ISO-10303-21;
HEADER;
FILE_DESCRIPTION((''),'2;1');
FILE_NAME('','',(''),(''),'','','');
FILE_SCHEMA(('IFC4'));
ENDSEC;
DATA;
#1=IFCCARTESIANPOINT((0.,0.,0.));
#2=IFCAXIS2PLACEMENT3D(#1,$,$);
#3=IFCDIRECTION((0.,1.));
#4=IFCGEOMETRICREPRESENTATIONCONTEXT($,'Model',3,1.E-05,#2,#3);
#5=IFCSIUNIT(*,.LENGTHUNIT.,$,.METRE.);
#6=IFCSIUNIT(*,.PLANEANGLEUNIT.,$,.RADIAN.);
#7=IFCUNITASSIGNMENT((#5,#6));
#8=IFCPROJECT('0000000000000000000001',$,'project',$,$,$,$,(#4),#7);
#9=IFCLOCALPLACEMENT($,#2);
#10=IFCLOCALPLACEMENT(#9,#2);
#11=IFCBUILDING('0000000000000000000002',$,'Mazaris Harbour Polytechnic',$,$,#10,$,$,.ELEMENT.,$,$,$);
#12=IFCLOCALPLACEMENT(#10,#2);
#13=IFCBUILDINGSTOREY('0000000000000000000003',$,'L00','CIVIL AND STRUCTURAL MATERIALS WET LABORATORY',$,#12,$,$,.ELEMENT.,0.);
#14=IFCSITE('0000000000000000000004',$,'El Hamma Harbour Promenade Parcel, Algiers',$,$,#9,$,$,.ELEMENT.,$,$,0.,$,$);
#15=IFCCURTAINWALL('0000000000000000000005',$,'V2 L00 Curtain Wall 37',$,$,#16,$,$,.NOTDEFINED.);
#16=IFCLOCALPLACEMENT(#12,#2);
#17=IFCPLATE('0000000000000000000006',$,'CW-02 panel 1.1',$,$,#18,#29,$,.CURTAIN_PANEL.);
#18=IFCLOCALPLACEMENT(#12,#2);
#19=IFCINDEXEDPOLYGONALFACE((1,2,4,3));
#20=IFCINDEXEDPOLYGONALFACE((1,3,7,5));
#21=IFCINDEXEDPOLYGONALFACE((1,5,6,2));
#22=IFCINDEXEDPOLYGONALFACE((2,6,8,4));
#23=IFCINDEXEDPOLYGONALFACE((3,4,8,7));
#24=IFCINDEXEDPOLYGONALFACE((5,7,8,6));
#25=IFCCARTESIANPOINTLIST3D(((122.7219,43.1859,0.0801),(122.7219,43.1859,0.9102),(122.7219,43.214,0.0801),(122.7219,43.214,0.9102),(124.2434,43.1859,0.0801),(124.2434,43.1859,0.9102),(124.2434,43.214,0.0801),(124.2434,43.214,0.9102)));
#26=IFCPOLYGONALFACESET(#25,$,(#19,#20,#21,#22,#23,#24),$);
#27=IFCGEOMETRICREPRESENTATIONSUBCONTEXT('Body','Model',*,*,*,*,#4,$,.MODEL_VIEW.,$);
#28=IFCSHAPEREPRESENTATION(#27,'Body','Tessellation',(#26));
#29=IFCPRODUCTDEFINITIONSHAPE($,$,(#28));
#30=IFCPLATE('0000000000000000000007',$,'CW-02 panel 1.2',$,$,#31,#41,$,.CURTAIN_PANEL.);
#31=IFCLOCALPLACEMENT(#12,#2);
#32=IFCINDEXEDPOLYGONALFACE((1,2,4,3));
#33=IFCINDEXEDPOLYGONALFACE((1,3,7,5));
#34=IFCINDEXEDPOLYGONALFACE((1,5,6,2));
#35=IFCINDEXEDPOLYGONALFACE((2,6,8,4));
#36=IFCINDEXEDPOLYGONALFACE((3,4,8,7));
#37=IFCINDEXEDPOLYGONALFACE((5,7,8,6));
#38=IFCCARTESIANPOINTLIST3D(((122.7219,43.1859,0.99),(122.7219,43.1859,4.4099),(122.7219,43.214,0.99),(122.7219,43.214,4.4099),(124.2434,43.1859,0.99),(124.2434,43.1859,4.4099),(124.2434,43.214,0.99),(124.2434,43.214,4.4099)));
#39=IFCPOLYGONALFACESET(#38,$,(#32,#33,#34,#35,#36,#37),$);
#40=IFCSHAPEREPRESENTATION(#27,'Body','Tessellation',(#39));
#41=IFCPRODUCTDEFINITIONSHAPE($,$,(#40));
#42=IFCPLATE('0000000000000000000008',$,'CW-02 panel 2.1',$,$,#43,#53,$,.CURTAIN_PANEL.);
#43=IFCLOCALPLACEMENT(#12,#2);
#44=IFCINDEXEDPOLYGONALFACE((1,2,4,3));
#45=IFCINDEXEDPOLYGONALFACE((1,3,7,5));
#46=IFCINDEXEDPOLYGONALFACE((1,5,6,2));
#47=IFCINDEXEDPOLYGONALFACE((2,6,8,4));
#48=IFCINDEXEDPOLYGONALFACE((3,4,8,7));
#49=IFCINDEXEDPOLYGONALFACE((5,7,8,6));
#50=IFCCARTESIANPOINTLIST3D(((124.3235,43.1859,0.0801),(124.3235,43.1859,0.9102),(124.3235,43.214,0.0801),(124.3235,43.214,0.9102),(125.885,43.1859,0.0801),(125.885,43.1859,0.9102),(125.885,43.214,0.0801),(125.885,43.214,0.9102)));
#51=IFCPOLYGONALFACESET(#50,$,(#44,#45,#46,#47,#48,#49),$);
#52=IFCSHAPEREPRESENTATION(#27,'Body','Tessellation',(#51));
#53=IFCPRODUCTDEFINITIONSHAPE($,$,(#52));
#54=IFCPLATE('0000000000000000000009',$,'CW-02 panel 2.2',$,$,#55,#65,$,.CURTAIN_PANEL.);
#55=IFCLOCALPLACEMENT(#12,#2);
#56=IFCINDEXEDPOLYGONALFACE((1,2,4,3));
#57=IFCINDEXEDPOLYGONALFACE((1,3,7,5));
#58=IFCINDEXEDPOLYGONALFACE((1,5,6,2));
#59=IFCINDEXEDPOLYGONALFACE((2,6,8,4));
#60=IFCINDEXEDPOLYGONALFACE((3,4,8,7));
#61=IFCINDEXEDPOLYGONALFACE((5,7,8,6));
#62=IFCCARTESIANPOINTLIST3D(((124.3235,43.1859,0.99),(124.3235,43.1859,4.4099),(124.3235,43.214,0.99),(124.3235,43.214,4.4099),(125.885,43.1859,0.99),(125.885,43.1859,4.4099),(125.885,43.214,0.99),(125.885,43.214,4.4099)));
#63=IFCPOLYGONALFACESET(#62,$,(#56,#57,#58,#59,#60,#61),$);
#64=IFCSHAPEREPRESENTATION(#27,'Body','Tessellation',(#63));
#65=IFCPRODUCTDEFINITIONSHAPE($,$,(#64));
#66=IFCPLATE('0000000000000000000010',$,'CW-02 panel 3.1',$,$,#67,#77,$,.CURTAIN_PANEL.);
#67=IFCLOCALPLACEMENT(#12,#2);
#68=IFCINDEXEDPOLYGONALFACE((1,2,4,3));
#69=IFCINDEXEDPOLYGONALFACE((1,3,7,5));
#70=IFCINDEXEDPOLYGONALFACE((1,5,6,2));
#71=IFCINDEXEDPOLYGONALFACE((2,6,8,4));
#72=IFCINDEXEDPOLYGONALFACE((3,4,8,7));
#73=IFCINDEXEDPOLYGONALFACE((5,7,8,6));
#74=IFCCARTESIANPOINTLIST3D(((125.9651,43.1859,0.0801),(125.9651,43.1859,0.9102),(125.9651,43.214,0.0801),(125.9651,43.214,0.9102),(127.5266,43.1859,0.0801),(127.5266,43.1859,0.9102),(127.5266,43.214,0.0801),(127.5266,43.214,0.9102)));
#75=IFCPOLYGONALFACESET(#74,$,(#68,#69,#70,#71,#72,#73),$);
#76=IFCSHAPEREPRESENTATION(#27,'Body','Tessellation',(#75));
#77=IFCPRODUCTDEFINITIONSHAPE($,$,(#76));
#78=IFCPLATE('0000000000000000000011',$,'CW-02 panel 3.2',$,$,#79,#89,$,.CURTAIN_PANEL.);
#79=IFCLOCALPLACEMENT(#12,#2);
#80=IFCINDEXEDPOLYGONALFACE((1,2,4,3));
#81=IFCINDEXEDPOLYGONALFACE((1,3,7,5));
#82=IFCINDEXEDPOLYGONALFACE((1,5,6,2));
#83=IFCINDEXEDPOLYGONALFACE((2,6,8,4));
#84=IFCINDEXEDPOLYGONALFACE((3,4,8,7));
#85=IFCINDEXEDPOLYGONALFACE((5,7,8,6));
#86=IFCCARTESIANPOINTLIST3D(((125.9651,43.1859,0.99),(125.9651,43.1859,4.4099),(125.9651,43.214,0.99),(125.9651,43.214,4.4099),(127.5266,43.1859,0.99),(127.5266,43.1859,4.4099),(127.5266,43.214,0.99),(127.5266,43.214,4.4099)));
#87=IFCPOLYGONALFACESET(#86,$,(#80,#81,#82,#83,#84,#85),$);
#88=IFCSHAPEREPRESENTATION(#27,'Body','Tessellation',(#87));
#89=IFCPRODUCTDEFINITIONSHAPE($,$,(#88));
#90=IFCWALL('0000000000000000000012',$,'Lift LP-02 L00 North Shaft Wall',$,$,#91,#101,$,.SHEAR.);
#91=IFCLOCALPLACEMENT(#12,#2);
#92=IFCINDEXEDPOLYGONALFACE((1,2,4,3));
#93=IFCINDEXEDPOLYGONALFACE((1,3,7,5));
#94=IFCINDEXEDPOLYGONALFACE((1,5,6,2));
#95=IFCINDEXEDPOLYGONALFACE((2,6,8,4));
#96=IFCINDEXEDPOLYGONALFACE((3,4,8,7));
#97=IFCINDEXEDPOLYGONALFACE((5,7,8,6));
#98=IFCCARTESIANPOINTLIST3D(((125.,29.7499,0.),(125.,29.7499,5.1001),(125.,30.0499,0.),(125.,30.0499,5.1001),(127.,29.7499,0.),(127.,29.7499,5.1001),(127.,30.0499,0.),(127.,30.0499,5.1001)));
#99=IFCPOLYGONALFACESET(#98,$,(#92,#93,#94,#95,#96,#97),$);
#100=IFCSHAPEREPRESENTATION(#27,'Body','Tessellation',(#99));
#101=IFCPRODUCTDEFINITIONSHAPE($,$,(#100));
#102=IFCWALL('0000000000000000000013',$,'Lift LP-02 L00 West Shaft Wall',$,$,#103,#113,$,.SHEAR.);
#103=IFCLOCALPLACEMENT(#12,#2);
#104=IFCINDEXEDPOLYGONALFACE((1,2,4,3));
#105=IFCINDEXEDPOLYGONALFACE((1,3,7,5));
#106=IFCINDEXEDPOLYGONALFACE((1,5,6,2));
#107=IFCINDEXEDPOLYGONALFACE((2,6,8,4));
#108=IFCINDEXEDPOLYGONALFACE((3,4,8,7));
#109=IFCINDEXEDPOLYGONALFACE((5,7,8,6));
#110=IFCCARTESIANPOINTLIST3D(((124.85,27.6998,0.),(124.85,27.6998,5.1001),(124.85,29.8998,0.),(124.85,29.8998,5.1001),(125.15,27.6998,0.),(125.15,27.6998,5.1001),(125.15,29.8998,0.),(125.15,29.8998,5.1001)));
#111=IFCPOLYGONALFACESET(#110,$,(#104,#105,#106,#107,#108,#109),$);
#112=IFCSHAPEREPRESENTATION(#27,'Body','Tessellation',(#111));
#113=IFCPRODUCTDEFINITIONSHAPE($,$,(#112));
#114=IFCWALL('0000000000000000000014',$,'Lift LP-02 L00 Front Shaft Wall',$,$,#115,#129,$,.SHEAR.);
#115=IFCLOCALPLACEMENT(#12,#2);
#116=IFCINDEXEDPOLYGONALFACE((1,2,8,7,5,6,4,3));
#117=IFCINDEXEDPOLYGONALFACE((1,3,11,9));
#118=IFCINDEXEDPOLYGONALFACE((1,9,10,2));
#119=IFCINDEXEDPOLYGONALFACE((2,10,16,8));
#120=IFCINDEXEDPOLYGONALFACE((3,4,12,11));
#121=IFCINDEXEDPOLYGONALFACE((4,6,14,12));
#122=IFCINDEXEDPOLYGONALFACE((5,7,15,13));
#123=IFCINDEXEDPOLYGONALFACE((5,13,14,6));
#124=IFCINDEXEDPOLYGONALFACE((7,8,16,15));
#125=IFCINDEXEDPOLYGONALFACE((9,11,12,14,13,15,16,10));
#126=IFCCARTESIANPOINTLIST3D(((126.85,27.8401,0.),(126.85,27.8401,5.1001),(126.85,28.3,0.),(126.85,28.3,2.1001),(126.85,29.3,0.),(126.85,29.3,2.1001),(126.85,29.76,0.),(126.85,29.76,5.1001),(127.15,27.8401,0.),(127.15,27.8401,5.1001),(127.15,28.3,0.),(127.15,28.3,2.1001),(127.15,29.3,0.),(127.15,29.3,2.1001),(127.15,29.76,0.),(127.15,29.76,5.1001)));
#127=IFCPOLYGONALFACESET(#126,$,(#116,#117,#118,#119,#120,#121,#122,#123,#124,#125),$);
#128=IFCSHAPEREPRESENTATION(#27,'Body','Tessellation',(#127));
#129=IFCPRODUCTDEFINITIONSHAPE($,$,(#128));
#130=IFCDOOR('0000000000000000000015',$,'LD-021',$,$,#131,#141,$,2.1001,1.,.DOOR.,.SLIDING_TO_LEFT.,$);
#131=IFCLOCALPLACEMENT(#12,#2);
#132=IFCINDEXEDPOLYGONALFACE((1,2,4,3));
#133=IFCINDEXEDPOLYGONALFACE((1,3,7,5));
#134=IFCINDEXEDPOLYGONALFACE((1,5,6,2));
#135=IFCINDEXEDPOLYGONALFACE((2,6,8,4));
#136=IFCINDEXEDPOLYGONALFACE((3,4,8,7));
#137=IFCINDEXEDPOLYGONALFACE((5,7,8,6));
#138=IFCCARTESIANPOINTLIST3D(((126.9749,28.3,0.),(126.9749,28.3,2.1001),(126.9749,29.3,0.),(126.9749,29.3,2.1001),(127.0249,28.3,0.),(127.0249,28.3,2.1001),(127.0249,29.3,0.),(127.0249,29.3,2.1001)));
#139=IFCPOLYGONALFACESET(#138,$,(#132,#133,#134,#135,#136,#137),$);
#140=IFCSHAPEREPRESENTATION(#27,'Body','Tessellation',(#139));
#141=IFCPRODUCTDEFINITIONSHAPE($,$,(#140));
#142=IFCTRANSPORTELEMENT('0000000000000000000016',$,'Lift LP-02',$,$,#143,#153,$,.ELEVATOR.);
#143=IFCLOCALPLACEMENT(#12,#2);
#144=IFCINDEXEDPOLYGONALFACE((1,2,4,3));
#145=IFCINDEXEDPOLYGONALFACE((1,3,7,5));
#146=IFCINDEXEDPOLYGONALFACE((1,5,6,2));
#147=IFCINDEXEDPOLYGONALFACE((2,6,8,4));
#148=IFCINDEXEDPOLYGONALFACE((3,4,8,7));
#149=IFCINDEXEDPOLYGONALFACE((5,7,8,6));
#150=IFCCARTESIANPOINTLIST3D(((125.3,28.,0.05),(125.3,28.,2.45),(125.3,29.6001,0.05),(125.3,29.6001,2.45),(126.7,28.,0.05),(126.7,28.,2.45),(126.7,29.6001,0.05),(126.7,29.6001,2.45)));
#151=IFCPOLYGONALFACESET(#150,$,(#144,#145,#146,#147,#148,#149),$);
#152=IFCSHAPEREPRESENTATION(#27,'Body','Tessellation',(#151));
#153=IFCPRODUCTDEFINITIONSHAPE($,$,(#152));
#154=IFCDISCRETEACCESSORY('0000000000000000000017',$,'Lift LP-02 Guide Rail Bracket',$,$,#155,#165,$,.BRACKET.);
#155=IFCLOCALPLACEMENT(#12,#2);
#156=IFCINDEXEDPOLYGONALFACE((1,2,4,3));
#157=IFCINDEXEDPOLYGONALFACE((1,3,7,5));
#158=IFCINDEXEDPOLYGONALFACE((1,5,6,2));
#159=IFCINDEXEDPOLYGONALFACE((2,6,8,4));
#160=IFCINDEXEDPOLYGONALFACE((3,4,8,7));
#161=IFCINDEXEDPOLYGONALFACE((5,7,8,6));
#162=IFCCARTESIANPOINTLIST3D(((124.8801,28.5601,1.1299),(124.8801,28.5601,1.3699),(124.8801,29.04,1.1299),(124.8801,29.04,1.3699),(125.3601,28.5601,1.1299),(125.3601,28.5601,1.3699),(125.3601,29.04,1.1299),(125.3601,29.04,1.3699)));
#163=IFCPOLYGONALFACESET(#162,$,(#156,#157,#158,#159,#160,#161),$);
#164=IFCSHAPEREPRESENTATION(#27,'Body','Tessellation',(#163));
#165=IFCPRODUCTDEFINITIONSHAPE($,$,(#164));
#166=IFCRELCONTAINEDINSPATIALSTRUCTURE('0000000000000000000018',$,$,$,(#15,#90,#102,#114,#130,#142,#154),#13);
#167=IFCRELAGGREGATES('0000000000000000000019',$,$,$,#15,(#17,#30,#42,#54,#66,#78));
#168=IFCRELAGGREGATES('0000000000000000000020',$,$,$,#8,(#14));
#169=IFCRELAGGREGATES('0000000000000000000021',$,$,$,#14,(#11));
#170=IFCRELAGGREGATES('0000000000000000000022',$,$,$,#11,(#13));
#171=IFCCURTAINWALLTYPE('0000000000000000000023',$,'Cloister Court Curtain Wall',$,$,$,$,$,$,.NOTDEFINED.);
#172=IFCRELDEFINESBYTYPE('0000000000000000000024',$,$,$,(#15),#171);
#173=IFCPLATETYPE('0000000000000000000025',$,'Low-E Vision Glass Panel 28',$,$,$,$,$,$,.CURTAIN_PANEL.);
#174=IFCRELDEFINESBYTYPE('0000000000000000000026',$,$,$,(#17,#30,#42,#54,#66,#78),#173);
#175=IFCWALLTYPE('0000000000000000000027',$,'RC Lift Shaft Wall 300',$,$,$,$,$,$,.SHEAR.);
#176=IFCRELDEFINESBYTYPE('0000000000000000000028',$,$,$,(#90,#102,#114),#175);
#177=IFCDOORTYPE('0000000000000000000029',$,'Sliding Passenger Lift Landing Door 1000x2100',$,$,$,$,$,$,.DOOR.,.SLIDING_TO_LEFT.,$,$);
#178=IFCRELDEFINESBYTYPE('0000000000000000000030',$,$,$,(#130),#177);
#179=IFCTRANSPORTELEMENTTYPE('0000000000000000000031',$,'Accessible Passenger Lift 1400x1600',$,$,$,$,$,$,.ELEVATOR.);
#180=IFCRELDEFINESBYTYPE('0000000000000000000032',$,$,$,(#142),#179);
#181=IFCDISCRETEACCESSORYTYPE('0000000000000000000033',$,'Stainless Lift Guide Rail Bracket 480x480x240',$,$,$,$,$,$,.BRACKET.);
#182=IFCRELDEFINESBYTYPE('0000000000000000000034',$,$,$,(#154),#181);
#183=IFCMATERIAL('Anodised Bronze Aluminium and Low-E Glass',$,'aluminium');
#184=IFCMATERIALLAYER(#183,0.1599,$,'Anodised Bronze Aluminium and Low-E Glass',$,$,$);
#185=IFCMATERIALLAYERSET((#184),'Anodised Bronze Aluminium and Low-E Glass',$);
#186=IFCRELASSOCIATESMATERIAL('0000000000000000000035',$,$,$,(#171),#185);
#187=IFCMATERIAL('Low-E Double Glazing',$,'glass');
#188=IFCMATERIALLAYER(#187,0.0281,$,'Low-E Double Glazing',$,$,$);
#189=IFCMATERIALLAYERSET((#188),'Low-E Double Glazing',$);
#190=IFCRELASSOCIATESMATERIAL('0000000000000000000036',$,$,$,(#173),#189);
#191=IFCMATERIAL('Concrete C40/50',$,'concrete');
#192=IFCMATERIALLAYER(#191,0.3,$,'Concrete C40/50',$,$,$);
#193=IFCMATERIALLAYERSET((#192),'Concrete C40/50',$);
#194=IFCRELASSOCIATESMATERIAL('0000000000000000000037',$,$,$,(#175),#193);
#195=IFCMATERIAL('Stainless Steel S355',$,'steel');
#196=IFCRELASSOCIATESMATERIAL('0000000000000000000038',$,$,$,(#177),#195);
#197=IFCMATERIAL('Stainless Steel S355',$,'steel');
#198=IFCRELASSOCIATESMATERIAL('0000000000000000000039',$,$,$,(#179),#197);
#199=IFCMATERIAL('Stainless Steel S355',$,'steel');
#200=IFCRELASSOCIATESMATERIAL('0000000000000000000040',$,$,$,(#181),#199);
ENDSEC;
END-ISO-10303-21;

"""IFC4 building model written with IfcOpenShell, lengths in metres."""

from ifc_helpers import new_model, si_unit, direction, frame, frame_2d, origin, origin_2d, place, context, subcontext, project, spatial, rectangle, extrude, material, layer, layer_set, type_object, element, fill, aggregate, save


model = new_model("IFC4")

# Units and contexts
model_context = context("Model", 3, precision=1e-05, world=origin(), true_north=direction((0.0, 1.0)))
body_context = subcontext(model_context, "Body", "Model", "MODEL_VIEW")
ifc_project = project(units=[si_unit("LENGTHUNIT", "METRE"), si_unit("PLANEANGLEUNIT", "RADIAN")], contexts=[model_context])

# Site, building, storey
site_placement = place(None, origin())
site = spatial("IfcSite", under=ifc_project, at=site_placement, Name="El Hamma Harbour Promenade Parcel, Algiers", CompositionType="ELEMENT", RefElevation=0.0)
building_placement = place(site_placement, origin())
building = spatial("IfcBuilding", under=site, at=building_placement, Name="Mazaris Harbour Polytechnic", CompositionType="ELEMENT")
storey_placement = place(building_placement, origin())
storey = spatial("IfcBuildingStorey", under=building, at=storey_placement, Name="L00", Description="CIVIL AND STRUCTURAL MATERIALS WET LABORATORY", CompositionType="ELEMENT", Elevation=0.0)

# Curtain wall
ifc_material_1 = material(Name="Anodised Bronze Aluminium and Low-E Glass", Category="aluminium")
ifc_layer_1 = layer(ifc_material_1, 0.1599, Name="Anodised Bronze Aluminium and Low-E Glass")
ifc_layer_set_1 = layer_set([ifc_layer_1], Name="Anodised Bronze Aluminium and Low-E Glass")
curtain_wall_type = type_object("IfcCurtainWallType", Name="Cloister Court Curtain Wall", PredefinedType="NOTDEFINED", material=ifc_layer_set_1)
curtain_wall_placement = place(storey_placement, origin())
curtain_wall = element("IfcCurtainWall", 1, at=curtain_wall_placement, inside=storey, type_object=curtain_wall_type, Name="V2 L00 Curtain Wall 37", PredefinedType="NOTDEFINED")

# Plates
ifc_material_2 = material(Name="Low-E Double Glazing", Category="glass")
ifc_layer_2 = layer(ifc_material_2, 0.0281, Name="Low-E Double Glazing")
ifc_layer_set_2 = layer_set([ifc_layer_2], Name="Low-E Double Glazing")
plate_type = type_object("IfcPlateType", Name="Low-E Vision Glass Panel 28", PredefinedType="CURTAIN_PANEL", material=ifc_layer_set_2)
plate_1_placement = place(storey_placement, frame((123.4827, 43.2, 0.0801), z_axis=(0.0, 0.0, 1.0), x_axis=(1.0, 0.0, 0.0)))
plate_1 = element("IfcPlate", 2, at=plate_1_placement, type_object=plate_type, Name="CW-02 panel 1.1", PredefinedType="CURTAIN_PANEL", context=body_context, shape_type="SweptSolid", body=[
    extrude(rectangle(XDim=1.5215, YDim=0.0281, at=origin_2d()), origin(), (0.0, 0.0, 1.0), 0.8301),
])
plate_2_placement = place(storey_placement, frame((123.4827, 43.2, 0.99), z_axis=(0.0, 0.0, 1.0), x_axis=(1.0, 0.0, 0.0)))
plate_2 = element("IfcPlate", 3, at=plate_2_placement, type_object=plate_type, Name="CW-02 panel 1.2", PredefinedType="CURTAIN_PANEL", context=body_context, shape_type="SweptSolid", body=[
    extrude(rectangle(XDim=1.5215, YDim=0.0281, at=origin_2d()), origin(), (0.0, 0.0, 1.0), 3.4199),
])
plate_3_placement = place(storey_placement, frame((125.1042, 43.2, 0.0801), z_axis=(0.0, 0.0, 1.0), x_axis=(1.0, 0.0, 0.0)))
plate_3 = element("IfcPlate", 4, at=plate_3_placement, type_object=plate_type, Name="CW-02 panel 2.1", PredefinedType="CURTAIN_PANEL", context=body_context, shape_type="SweptSolid", body=[
    extrude(rectangle(XDim=1.5615, YDim=0.0281, at=origin_2d()), origin(), (0.0, 0.0, 1.0), 0.8301),
])
plate_4_placement = place(storey_placement, frame((125.1042, 43.2, 0.99), z_axis=(0.0, 0.0, 1.0), x_axis=(1.0, 0.0, 0.0)))
plate_4 = element("IfcPlate", 5, at=plate_4_placement, type_object=plate_type, Name="CW-02 panel 2.2", PredefinedType="CURTAIN_PANEL", context=body_context, shape_type="SweptSolid", body=[
    extrude(rectangle(XDim=1.5615, YDim=0.0281, at=origin_2d()), origin(), (0.0, 0.0, 1.0), 3.4199),
])
plate_5_placement = place(storey_placement, frame((126.7458, 43.2, 0.0801), z_axis=(0.0, 0.0, 1.0), x_axis=(1.0, 0.0, 0.0)))
plate_5 = element("IfcPlate", 6, at=plate_5_placement, type_object=plate_type, Name="CW-02 panel 3.1", PredefinedType="CURTAIN_PANEL", context=body_context, shape_type="SweptSolid", body=[
    extrude(rectangle(XDim=1.5615, YDim=0.0281, at=origin_2d()), origin(), (0.0, 0.0, 1.0), 0.8301),
])
plate_6_placement = place(storey_placement, frame((126.7458, 43.2, 0.99), z_axis=(0.0, 0.0, 1.0), x_axis=(1.0, 0.0, 0.0)))
plate_6 = element("IfcPlate", 7, at=plate_6_placement, type_object=plate_type, Name="CW-02 panel 3.2", PredefinedType="CURTAIN_PANEL", context=body_context, shape_type="SweptSolid", body=[
    extrude(rectangle(XDim=1.5615, YDim=0.0281, at=origin_2d()), origin(), (0.0, 0.0, 1.0), 3.4199),
])
aggregate(curtain_wall, [plate_1, plate_2, plate_3, plate_4, plate_5, plate_6])

# Walls
ifc_material_3 = material(Name="Concrete C40/50", Category="concrete")
ifc_layer_3 = layer(ifc_material_3, 0.3, Name="Concrete C40/50")
ifc_layer_set_3 = layer_set([ifc_layer_3], Name="Concrete C40/50")
wall_type = type_object("IfcWallType", Name="RC Lift Shaft Wall 300", PredefinedType="SHEAR", material=ifc_layer_set_3)
wall_1_placement = place(storey_placement, frame((127.0, 29.8999, 0.0), z_axis=(0.0, 0.0, 1.0), x_axis=(-1.0, 0.0, 0.0)))
element("IfcWall", 8, at=wall_1_placement, inside=storey, type_object=wall_type, Name="Lift LP-02 L00 North Shaft Wall", PredefinedType="SHEAR", context=body_context, shape_type="SweptSolid", body=[
    extrude(rectangle(XDim=2.0, YDim=0.3, at=frame_2d((1.0, 0.0))), origin(), (0.0, 0.0, 1.0), 5.1001),
])
wall_2_placement = place(storey_placement, frame((125.0, 29.8999, 0.0), z_axis=(0.0, 0.0, 1.0), x_axis=(0.0, -1.0, 0.0)))
element("IfcWall", 9, at=wall_2_placement, inside=storey, type_object=wall_type, Name="Lift LP-02 L00 West Shaft Wall", PredefinedType="SHEAR", context=body_context, shape_type="SweptSolid", body=[
    extrude(rectangle(XDim=2.2, YDim=0.3, at=frame_2d((1.1001, 0.0))), origin(), (0.0, 0.0, 1.0), 5.1001),
])

# Wall, opening, door
wall_3_placement = place(storey_placement, frame((127.0, 29.76, 0.0), z_axis=(0.0, 0.0, 1.0), x_axis=(0.0, -1.0, 0.0)))
wall_3 = element("IfcWall", 10, at=wall_3_placement, inside=storey, type_object=wall_type, Name="Lift LP-02 L00 Front Shaft Wall", PredefinedType="SHEAR", context=body_context, shape_type="SweptSolid", body=[
    extrude(rectangle(XDim=1.9199, YDim=0.3, at=frame_2d((0.96, 0.0))), origin(), (0.0, 0.0, 1.0), 5.1001),
])
opening_placement = place(wall_3_placement, frame((0.46, 0.0, 0.0)))
opening = element("IfcOpeningElement", 11, at=opening_placement, cuts=wall_3, PredefinedType="OPENING", context=body_context, shape_type="SweptSolid", body=[
    extrude(rectangle(XDim=1.0, YDim=2.1001, at=frame_2d((0.5, 1.05))), frame((0.0, 0.1599, 0.0), z_axis=(0.0, -1.0, 0.0), x_axis=(1.0, 0.0, 0.0)), (0.0, 0.0, 1.0), 0.3201),
])
ifc_material_4 = material(Name="Stainless Steel S355", Category="steel")
door_type = type_object("IfcDoorType", Name="Sliding Passenger Lift Landing Door 1000x2100", OperationType="SLIDING_TO_LEFT", PredefinedType="DOOR", material=ifc_material_4)
door_placement = place(opening_placement, origin())
door = element("IfcDoor", 12, at=door_placement, inside=storey, type_object=door_type, Name="LD-021", OperationType="SLIDING_TO_LEFT", OverallHeight=2.1001, OverallWidth=1.0, PredefinedType="DOOR", context=body_context, shape_type="SweptSolid", body=[
    extrude(rectangle(XDim=1.0, YDim=2.1001, at=frame_2d((0.5, 1.05))), frame((0.0, 0.0249, 0.0), z_axis=(0.0, -1.0, 0.0), x_axis=(1.0, 0.0, 0.0)), (0.0, 0.0, 1.0), 0.05),
])
fill(opening, door)

# Transport element
ifc_material_5 = material(Name="Stainless Steel S355", Category="steel")
transport_element_type = type_object("IfcTransportElementType", Name="Accessible Passenger Lift 1400x1600", PredefinedType="ELEVATOR", material=ifc_material_5)
transport_element_placement = place(storey_placement, frame((126.0, 28.8, 0.05), z_axis=(0.0, 0.0, 1.0), x_axis=(1.0, 0.0, 0.0)))
element("IfcTransportElement", 13, at=transport_element_placement, inside=storey, type_object=transport_element_type, Name="Lift LP-02", PredefinedType="ELEVATOR", context=body_context, shape_type="SweptSolid", body=[
    extrude(rectangle(XDim=1.3999, YDim=1.6001, at=origin_2d()), origin(), (0.0, 0.0, 1.0), 2.3999),
])

# Discrete accessory
ifc_material_6 = material(Name="Stainless Steel S355", Category="steel")
discrete_accessory_type = type_object("IfcDiscreteAccessoryType", Name="Stainless Lift Guide Rail Bracket 480x480x240", PredefinedType="BRACKET", material=ifc_material_6)
discrete_accessory_placement = place(storey_placement, frame((125.1201, 28.8, 1.1299), z_axis=(0.0, 0.0, 1.0), x_axis=(1.0, 0.0, 0.0)))
element("IfcDiscreteAccessory", 14, at=discrete_accessory_placement, inside=storey, type_object=discrete_accessory_type, Name="Lift LP-02 Guide Rail Bracket", PredefinedType="BRACKET", context=body_context, shape_type="SweptSolid", body=[
    extrude(rectangle(XDim=0.48, YDim=0.48, at=origin_2d()), origin(), (0.0, 0.0, 1.0), 0.24),
])

save(model, "model.ifc")
